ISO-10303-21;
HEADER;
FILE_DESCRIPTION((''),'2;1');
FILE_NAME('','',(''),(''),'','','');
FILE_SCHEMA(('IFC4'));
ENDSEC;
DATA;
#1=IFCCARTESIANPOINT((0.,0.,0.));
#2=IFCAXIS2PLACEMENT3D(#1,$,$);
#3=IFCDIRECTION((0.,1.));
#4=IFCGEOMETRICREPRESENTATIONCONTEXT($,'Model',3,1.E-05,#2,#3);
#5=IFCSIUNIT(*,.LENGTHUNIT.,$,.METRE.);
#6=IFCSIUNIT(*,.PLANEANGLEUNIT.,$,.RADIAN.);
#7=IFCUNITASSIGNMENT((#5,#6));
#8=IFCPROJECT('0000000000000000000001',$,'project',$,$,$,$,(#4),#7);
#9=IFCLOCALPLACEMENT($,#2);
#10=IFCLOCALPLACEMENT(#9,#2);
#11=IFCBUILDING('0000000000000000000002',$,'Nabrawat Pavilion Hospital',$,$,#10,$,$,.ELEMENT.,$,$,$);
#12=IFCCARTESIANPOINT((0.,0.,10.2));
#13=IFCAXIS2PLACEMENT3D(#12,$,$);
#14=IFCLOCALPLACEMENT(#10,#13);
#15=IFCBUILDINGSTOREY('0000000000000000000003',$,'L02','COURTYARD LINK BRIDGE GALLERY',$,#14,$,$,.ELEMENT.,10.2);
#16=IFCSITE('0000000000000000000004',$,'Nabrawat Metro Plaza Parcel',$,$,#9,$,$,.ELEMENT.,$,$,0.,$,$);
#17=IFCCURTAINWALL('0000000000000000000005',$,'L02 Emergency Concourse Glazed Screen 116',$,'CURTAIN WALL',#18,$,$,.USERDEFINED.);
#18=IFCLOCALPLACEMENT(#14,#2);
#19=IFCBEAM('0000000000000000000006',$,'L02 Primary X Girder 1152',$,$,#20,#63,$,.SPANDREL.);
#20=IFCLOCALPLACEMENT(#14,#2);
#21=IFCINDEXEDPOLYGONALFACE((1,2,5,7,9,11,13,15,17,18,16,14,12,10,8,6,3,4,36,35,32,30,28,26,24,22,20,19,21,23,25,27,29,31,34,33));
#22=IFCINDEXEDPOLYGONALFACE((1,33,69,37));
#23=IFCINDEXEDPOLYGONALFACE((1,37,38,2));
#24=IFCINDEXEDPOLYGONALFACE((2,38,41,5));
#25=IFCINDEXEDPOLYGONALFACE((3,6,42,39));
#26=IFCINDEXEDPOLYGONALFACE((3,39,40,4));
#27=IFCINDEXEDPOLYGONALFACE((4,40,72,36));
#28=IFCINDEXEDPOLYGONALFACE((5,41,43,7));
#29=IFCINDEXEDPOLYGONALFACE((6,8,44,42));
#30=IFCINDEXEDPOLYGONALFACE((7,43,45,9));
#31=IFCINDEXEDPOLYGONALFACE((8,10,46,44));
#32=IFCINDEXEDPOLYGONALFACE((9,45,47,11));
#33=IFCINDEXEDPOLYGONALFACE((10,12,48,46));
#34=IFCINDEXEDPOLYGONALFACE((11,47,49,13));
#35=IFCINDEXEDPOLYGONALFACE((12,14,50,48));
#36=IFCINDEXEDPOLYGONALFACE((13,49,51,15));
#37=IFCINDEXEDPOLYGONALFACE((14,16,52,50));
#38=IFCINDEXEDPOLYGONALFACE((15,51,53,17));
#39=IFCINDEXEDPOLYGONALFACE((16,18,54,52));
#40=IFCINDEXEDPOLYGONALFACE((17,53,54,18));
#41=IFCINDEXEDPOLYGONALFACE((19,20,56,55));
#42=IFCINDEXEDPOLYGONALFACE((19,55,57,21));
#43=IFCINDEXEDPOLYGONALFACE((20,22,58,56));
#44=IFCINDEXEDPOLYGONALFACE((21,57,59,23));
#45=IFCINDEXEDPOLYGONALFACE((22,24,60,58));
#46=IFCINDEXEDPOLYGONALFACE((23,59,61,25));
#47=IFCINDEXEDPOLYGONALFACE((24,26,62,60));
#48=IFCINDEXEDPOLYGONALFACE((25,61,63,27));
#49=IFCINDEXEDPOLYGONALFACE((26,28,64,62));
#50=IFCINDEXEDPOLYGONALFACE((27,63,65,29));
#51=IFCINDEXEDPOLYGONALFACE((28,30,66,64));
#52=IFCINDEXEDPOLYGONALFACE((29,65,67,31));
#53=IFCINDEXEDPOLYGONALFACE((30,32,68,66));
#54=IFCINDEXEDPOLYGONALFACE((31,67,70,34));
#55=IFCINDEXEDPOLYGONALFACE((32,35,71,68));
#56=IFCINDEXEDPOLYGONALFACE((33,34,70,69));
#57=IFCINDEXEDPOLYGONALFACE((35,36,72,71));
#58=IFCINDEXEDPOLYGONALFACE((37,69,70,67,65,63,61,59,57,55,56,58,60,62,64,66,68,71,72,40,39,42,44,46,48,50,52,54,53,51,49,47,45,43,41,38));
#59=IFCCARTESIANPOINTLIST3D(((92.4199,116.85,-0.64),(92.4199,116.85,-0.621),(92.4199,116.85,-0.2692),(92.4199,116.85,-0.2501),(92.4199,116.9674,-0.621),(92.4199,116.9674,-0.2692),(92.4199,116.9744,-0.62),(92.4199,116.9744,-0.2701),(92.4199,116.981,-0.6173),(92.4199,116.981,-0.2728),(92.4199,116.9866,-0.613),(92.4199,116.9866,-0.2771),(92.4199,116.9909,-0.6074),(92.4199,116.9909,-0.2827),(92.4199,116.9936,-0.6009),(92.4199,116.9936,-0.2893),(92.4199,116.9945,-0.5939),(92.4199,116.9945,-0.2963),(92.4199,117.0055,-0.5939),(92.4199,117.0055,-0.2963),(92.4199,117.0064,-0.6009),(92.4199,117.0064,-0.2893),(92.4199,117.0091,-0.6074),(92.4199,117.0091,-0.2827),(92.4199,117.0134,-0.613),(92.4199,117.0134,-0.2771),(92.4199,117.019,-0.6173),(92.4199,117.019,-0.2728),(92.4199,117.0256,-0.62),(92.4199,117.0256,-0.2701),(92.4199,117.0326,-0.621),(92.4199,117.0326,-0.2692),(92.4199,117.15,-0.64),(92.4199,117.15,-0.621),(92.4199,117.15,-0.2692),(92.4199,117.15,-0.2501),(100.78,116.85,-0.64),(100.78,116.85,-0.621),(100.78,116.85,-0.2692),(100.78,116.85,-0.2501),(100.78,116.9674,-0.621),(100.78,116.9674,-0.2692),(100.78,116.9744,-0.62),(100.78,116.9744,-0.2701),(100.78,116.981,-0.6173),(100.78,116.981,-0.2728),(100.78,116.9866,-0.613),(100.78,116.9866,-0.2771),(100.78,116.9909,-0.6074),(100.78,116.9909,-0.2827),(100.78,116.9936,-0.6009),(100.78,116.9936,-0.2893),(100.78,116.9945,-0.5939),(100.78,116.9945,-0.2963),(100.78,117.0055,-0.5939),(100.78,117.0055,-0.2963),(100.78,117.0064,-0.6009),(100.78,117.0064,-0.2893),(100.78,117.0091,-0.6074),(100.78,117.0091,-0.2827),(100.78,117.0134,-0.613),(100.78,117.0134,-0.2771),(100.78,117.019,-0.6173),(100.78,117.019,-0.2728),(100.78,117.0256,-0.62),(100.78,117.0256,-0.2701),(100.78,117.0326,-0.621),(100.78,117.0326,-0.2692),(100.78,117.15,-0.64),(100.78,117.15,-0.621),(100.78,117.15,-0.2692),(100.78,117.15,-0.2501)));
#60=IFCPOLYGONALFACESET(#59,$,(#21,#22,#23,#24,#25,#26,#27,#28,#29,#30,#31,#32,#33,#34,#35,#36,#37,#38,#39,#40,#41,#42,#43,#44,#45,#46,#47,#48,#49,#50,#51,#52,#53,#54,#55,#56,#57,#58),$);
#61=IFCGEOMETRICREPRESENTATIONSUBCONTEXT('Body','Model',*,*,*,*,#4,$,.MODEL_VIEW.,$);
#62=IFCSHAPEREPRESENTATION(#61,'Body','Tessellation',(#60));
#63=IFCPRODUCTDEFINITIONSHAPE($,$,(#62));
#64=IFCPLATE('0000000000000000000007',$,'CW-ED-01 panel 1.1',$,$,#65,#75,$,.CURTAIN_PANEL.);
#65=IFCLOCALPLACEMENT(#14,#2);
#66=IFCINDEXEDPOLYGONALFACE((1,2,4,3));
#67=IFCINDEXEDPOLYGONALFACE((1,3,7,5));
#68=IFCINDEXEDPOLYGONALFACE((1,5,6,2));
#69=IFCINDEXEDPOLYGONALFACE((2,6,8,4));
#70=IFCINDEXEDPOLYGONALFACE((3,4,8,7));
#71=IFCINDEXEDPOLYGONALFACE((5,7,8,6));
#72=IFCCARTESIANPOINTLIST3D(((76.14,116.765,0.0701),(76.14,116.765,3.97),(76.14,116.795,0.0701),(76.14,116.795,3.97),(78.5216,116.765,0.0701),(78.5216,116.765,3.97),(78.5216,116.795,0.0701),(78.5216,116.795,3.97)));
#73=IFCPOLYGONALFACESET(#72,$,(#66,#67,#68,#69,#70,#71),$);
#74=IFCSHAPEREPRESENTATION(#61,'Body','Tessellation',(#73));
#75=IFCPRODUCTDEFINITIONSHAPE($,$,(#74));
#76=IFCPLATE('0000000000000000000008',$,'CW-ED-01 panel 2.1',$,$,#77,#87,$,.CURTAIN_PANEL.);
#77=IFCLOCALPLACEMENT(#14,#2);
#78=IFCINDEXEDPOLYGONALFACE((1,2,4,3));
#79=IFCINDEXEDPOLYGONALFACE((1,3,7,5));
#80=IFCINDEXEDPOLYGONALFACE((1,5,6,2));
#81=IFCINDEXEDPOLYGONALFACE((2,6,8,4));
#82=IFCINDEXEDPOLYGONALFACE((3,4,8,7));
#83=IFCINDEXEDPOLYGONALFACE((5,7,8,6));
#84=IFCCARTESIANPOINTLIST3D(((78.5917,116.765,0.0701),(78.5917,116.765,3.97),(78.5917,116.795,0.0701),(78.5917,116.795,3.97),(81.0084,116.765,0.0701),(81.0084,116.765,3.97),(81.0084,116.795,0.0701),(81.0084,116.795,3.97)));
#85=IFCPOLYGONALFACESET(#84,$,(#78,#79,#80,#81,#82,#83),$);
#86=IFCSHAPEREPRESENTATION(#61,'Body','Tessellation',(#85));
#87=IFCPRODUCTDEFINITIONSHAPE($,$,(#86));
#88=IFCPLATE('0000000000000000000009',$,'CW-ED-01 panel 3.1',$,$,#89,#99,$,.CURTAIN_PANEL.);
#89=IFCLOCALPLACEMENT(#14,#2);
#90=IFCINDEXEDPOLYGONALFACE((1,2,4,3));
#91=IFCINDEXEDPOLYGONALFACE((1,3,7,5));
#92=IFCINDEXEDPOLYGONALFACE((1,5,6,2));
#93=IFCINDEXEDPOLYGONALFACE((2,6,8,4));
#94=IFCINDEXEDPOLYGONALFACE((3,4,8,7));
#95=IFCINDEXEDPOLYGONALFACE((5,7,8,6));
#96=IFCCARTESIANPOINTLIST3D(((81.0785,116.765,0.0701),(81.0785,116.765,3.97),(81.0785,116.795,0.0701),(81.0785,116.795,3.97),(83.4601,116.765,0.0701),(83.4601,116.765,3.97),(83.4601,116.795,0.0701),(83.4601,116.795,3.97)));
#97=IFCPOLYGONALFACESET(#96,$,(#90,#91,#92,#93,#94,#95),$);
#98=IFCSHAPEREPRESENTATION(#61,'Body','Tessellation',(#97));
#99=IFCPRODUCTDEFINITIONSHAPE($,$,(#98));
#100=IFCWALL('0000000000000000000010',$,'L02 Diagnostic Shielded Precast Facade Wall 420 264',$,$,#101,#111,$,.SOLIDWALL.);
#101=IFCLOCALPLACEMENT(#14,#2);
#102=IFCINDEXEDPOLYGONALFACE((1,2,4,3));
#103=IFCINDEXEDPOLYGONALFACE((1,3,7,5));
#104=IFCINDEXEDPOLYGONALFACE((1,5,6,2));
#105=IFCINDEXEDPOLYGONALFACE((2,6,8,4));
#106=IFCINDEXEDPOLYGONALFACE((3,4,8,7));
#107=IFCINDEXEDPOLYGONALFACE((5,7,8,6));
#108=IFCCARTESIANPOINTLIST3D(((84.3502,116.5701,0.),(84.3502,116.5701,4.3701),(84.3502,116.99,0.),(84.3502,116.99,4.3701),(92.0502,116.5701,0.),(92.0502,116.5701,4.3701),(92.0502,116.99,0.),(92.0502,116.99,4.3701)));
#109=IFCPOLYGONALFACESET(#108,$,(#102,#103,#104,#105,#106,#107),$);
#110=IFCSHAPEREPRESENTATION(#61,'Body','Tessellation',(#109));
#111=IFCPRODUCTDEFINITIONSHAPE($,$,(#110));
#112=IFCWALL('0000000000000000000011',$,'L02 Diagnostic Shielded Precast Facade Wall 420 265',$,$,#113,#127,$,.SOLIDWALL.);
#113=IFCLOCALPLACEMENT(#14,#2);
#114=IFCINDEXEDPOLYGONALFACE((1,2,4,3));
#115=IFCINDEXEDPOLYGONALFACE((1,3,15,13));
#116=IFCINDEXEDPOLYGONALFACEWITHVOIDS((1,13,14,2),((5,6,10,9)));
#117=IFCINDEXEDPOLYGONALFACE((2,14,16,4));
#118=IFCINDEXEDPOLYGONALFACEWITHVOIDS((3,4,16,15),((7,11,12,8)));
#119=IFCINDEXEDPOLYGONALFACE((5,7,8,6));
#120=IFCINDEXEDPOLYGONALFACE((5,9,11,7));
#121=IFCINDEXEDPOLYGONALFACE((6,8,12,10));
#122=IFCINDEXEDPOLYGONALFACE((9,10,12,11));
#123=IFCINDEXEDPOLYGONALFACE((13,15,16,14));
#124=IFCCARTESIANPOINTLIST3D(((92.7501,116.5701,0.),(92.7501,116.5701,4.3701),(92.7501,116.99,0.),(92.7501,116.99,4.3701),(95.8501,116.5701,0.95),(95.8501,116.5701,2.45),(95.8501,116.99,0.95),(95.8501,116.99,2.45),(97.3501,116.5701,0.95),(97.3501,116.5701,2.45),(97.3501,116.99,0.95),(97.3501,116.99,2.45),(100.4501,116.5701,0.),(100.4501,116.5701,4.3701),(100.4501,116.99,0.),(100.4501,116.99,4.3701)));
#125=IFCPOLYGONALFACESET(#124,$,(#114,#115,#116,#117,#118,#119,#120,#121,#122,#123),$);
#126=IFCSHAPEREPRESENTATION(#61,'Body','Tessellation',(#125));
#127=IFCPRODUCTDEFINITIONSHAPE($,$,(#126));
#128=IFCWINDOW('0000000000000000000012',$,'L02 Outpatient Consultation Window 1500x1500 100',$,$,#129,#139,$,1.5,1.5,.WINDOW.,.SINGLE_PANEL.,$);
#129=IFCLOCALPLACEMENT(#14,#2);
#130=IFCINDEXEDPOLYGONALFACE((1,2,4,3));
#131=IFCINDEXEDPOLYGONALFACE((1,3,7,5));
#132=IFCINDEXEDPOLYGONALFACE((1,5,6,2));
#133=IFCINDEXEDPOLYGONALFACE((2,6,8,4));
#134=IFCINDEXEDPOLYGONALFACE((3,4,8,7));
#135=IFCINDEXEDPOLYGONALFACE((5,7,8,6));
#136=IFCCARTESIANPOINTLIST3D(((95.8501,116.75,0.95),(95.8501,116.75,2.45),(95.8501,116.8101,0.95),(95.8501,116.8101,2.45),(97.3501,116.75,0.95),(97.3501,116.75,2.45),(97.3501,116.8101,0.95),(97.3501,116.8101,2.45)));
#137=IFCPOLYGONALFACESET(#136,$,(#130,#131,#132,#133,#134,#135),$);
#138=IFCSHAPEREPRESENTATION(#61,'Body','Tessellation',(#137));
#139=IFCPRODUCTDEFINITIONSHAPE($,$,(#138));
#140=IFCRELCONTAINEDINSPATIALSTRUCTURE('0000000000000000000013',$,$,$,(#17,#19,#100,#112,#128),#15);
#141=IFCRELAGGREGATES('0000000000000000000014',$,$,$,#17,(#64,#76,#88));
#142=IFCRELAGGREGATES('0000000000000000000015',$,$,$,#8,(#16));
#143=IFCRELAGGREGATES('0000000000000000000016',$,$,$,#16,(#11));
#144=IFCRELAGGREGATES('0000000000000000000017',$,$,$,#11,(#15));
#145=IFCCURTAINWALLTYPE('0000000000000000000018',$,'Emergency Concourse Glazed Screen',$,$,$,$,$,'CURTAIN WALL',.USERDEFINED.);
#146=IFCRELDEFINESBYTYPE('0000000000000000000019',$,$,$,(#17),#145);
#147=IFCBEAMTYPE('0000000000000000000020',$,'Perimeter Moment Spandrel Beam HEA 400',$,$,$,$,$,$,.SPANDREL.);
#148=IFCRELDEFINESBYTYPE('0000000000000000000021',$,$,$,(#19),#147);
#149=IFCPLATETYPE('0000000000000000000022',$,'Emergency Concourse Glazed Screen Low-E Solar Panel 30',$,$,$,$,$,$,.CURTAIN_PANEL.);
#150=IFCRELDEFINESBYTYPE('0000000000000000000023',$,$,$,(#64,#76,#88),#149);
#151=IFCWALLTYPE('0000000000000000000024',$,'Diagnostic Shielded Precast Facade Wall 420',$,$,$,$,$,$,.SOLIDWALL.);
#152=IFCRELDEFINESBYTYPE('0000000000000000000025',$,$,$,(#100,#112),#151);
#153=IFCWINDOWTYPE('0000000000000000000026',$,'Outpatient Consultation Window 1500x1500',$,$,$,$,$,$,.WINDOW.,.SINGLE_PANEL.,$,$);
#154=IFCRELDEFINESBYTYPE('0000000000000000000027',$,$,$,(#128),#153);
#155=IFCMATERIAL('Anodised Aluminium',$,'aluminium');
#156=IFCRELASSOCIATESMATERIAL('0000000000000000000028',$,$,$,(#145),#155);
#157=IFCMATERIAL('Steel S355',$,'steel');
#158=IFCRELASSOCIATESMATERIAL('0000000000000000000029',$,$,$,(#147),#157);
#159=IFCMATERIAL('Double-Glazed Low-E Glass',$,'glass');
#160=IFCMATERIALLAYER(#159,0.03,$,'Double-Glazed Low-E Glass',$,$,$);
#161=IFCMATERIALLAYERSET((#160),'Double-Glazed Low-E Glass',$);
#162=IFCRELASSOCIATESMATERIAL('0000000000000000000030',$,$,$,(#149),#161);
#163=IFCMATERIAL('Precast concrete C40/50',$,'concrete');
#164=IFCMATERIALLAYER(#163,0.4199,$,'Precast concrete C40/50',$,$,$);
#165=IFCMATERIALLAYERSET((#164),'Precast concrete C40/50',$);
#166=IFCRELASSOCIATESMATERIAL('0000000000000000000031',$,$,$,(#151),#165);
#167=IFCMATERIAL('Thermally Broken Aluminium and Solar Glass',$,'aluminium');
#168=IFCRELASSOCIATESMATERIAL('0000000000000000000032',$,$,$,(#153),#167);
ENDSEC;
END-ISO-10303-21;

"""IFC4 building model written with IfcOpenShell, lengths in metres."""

from ifc_helpers import new_model, si_unit, direction, frame, frame_2d, origin, origin_2d, place, context, subcontext, project, spatial, rectangle, i_section, extrude, material, layer, layer_set, material_profile, profile_set, type_object, element, fill, aggregate, save


model = new_model("IFC4")

# Units and contexts
model_context = context("Model", 3, precision=1e-05, world=origin(), true_north=direction((0.0, 1.0)))
body_context = subcontext(model_context, "Body", "Model", "MODEL_VIEW")
ifc_project = project(units=[si_unit("LENGTHUNIT", "METRE"), si_unit("PLANEANGLEUNIT", "RADIAN")], contexts=[model_context])

# Site, building, storey
site_placement = place(None, origin())
site = spatial("IfcSite", under=ifc_project, at=site_placement, Name="Nabrawat Metro Plaza Parcel", CompositionType="ELEMENT", RefElevation=0.0)
building_placement = place(site_placement, origin())
building = spatial("IfcBuilding", under=site, at=building_placement, Name="Nabrawat Pavilion Hospital", CompositionType="ELEMENT")
storey_placement = place(building_placement, frame((0.0, 0.0, 10.2)))
storey = spatial("IfcBuildingStorey", under=building, at=storey_placement, Name="L02", Description="COURTYARD LINK BRIDGE GALLERY", CompositionType="ELEMENT", Elevation=10.2)

# Curtain wall
ifc_material_1 = material(Name="Anodised Aluminium", Category="aluminium")
curtain_wall_type = type_object("IfcCurtainWallType", Name="Emergency Concourse Glazed Screen", ElementType="CURTAIN WALL", PredefinedType="USERDEFINED", material=ifc_material_1)
curtain_wall_placement = place(storey_placement, origin())
curtain_wall = element("IfcCurtainWall", 1, at=curtain_wall_placement, inside=storey, type_object=curtain_wall_type, Name="L02 Emergency Concourse Glazed Screen 116", ObjectType="CURTAIN WALL", PredefinedType="USERDEFINED")

# Beam
ifc_material_2 = material(Name="Steel S355", Category="steel")
ifc_material_profile_1 = material_profile(ifc_material_2, i_section(OverallWidth=0.3, OverallDepth=0.3899, WebThickness=0.011, FlangeThickness=0.019, FilletRadius=0.0271, at=origin_2d()), Name="HEA 400")
ifc_profile_set_1 = profile_set([ifc_material_profile_1], Name="Steel S355")
beam_type = type_object("IfcBeamType", Name="Perimeter Moment Spandrel Beam HEA 400", PredefinedType="SPANDREL", material=ifc_profile_set_1)
beam_1_placement = place(storey_placement, frame((92.4199, 117.0, -0.4451), z_axis=(1.0, 0.0, 0.0), x_axis=(0.0, 1.0, 0.0)))
element("IfcBeam", 2, at=beam_1_placement, inside=storey, type_object=beam_type, Name="L02 Primary X Girder 1152", PredefinedType="SPANDREL", context=body_context, shape_type="SweptSolid", body=[
    extrude(i_section(OverallWidth=0.3, OverallDepth=0.3899, WebThickness=0.011, FlangeThickness=0.019, FilletRadius=0.0271, at=origin_2d()), origin(), (0.0, 0.0, 1.0), 8.3601),
])

# Plates
ifc_material_3 = material(Name="Double-Glazed Low-E Glass", Category="glass")
ifc_layer_1 = layer(ifc_material_3, 0.03, Name="Double-Glazed Low-E Glass")
ifc_layer_set_1 = layer_set([ifc_layer_1], Name="Double-Glazed Low-E Glass")
plate_type = type_object("IfcPlateType", Name="Emergency Concourse Glazed Screen Low-E Solar Panel 30", PredefinedType="CURTAIN_PANEL", material=ifc_layer_set_1)
plate_1_placement = place(storey_placement, frame((77.3308, 116.78, 0.0701), z_axis=(0.0, 0.0, 1.0), x_axis=(1.0, 0.0, 0.0)))
plate_1 = element("IfcPlate", 3, at=plate_1_placement, type_object=plate_type, Name="CW-ED-01 panel 1.1", PredefinedType="CURTAIN_PANEL", context=body_context, shape_type="SweptSolid", body=[
    extrude(rectangle(XDim=2.3816, YDim=0.03, at=origin_2d()), origin(), (0.0, 0.0, 1.0), 3.8999),
])
plate_2_placement = place(storey_placement, frame((79.8, 116.78, 0.0701), z_axis=(0.0, 0.0, 1.0), x_axis=(1.0, 0.0, 0.0)))
plate_2 = element("IfcPlate", 4, at=plate_2_placement, type_object=plate_type, Name="CW-ED-01 panel 2.1", PredefinedType="CURTAIN_PANEL", context=body_context, shape_type="SweptSolid", body=[
    extrude(rectangle(XDim=2.4167, YDim=0.03, at=origin_2d()), origin(), (0.0, 0.0, 1.0), 3.8999),
])
plate_3_placement = place(storey_placement, frame((82.2693, 116.78, 0.0701), z_axis=(0.0, 0.0, 1.0), x_axis=(1.0, 0.0, 0.0)))
plate_3 = element("IfcPlate", 5, at=plate_3_placement, type_object=plate_type, Name="CW-ED-01 panel 3.1", PredefinedType="CURTAIN_PANEL", context=body_context, shape_type="SweptSolid", body=[
    extrude(rectangle(XDim=2.3816, YDim=0.03, at=origin_2d()), origin(), (0.0, 0.0, 1.0), 3.8999),
])
aggregate(curtain_wall, [plate_1, plate_2, plate_3])

# Wall
ifc_material_4 = material(Name="Precast concrete C40/50", Category="concrete")
ifc_layer_2 = layer(ifc_material_4, 0.4199, Name="Precast concrete C40/50")
ifc_layer_set_2 = layer_set([ifc_layer_2], Name="Precast concrete C40/50")
wall_type = type_object("IfcWallType", Name="Diagnostic Shielded Precast Facade Wall 420", PredefinedType="SOLIDWALL", material=ifc_layer_set_2)
wall_1_placement = place(storey_placement, frame((84.3501, 116.78, 0.0), z_axis=(0.0, 0.0, 1.0), x_axis=(1.0, 0.0, 0.0)))
element("IfcWall", 6, at=wall_1_placement, inside=storey, type_object=wall_type, Name="L02 Diagnostic Shielded Precast Facade Wall 420 264", PredefinedType="SOLIDWALL", context=body_context, shape_type="SweptSolid", body=[
    extrude(rectangle(XDim=7.7, YDim=0.4199, at=frame_2d((3.8501, 0.0))), origin(), (0.0, 0.0, 1.0), 4.3701),
])

# Wall, opening, window
wall_2_placement = place(storey_placement, frame((92.75, 116.78, 0.0), z_axis=(0.0, 0.0, 1.0), x_axis=(1.0, 0.0, 0.0)))
wall_2 = element("IfcWall", 7, at=wall_2_placement, inside=storey, type_object=wall_type, Name="L02 Diagnostic Shielded Precast Facade Wall 420 265", PredefinedType="SOLIDWALL", context=body_context, shape_type="SweptSolid", body=[
    extrude(rectangle(XDim=7.7, YDim=0.4199, at=frame_2d((3.8501, 0.0))), origin(), (0.0, 0.0, 1.0), 4.3701),
])
opening_placement = place(wall_2_placement, frame((3.1001, 0.0, 0.95)))
opening = element("IfcOpeningElement", 8, at=opening_placement, cuts=wall_2, PredefinedType="OPENING", context=body_context, shape_type="SweptSolid", body=[
    extrude(rectangle(XDim=1.5, YDim=1.5, at=frame_2d((0.75, 0.75))), frame((0.0, 0.22, 0.0), z_axis=(0.0, -1.0, 0.0), x_axis=(1.0, 0.0, 0.0)), (0.0, 0.0, 1.0), 0.4399),
])
ifc_material_5 = material(Name="Thermally Broken Aluminium and Solar Glass", Category="aluminium")
window_type = type_object("IfcWindowType", Name="Outpatient Consultation Window 1500x1500", PartitioningType="SINGLE_PANEL", PredefinedType="WINDOW", material=ifc_material_5)
window_placement = place(opening_placement, origin())
window = element("IfcWindow", 9, at=window_placement, inside=storey, type_object=window_type, Name="L02 Outpatient Consultation Window 1500x1500 100", OverallHeight=1.5, OverallWidth=1.5, PartitioningType="SINGLE_PANEL", PredefinedType="WINDOW", context=body_context, shape_type="SweptSolid", body=[
    extrude(rectangle(XDim=1.5, YDim=1.5, at=frame_2d((0.75, 0.75))), frame((0.0, 0.03, 0.0), z_axis=(0.0, -1.0, 0.0), x_axis=(1.0, 0.0, 0.0)), (0.0, 0.0, 1.0), 0.0601),
])
fill(opening, window)

save(model, "model.ifc")
